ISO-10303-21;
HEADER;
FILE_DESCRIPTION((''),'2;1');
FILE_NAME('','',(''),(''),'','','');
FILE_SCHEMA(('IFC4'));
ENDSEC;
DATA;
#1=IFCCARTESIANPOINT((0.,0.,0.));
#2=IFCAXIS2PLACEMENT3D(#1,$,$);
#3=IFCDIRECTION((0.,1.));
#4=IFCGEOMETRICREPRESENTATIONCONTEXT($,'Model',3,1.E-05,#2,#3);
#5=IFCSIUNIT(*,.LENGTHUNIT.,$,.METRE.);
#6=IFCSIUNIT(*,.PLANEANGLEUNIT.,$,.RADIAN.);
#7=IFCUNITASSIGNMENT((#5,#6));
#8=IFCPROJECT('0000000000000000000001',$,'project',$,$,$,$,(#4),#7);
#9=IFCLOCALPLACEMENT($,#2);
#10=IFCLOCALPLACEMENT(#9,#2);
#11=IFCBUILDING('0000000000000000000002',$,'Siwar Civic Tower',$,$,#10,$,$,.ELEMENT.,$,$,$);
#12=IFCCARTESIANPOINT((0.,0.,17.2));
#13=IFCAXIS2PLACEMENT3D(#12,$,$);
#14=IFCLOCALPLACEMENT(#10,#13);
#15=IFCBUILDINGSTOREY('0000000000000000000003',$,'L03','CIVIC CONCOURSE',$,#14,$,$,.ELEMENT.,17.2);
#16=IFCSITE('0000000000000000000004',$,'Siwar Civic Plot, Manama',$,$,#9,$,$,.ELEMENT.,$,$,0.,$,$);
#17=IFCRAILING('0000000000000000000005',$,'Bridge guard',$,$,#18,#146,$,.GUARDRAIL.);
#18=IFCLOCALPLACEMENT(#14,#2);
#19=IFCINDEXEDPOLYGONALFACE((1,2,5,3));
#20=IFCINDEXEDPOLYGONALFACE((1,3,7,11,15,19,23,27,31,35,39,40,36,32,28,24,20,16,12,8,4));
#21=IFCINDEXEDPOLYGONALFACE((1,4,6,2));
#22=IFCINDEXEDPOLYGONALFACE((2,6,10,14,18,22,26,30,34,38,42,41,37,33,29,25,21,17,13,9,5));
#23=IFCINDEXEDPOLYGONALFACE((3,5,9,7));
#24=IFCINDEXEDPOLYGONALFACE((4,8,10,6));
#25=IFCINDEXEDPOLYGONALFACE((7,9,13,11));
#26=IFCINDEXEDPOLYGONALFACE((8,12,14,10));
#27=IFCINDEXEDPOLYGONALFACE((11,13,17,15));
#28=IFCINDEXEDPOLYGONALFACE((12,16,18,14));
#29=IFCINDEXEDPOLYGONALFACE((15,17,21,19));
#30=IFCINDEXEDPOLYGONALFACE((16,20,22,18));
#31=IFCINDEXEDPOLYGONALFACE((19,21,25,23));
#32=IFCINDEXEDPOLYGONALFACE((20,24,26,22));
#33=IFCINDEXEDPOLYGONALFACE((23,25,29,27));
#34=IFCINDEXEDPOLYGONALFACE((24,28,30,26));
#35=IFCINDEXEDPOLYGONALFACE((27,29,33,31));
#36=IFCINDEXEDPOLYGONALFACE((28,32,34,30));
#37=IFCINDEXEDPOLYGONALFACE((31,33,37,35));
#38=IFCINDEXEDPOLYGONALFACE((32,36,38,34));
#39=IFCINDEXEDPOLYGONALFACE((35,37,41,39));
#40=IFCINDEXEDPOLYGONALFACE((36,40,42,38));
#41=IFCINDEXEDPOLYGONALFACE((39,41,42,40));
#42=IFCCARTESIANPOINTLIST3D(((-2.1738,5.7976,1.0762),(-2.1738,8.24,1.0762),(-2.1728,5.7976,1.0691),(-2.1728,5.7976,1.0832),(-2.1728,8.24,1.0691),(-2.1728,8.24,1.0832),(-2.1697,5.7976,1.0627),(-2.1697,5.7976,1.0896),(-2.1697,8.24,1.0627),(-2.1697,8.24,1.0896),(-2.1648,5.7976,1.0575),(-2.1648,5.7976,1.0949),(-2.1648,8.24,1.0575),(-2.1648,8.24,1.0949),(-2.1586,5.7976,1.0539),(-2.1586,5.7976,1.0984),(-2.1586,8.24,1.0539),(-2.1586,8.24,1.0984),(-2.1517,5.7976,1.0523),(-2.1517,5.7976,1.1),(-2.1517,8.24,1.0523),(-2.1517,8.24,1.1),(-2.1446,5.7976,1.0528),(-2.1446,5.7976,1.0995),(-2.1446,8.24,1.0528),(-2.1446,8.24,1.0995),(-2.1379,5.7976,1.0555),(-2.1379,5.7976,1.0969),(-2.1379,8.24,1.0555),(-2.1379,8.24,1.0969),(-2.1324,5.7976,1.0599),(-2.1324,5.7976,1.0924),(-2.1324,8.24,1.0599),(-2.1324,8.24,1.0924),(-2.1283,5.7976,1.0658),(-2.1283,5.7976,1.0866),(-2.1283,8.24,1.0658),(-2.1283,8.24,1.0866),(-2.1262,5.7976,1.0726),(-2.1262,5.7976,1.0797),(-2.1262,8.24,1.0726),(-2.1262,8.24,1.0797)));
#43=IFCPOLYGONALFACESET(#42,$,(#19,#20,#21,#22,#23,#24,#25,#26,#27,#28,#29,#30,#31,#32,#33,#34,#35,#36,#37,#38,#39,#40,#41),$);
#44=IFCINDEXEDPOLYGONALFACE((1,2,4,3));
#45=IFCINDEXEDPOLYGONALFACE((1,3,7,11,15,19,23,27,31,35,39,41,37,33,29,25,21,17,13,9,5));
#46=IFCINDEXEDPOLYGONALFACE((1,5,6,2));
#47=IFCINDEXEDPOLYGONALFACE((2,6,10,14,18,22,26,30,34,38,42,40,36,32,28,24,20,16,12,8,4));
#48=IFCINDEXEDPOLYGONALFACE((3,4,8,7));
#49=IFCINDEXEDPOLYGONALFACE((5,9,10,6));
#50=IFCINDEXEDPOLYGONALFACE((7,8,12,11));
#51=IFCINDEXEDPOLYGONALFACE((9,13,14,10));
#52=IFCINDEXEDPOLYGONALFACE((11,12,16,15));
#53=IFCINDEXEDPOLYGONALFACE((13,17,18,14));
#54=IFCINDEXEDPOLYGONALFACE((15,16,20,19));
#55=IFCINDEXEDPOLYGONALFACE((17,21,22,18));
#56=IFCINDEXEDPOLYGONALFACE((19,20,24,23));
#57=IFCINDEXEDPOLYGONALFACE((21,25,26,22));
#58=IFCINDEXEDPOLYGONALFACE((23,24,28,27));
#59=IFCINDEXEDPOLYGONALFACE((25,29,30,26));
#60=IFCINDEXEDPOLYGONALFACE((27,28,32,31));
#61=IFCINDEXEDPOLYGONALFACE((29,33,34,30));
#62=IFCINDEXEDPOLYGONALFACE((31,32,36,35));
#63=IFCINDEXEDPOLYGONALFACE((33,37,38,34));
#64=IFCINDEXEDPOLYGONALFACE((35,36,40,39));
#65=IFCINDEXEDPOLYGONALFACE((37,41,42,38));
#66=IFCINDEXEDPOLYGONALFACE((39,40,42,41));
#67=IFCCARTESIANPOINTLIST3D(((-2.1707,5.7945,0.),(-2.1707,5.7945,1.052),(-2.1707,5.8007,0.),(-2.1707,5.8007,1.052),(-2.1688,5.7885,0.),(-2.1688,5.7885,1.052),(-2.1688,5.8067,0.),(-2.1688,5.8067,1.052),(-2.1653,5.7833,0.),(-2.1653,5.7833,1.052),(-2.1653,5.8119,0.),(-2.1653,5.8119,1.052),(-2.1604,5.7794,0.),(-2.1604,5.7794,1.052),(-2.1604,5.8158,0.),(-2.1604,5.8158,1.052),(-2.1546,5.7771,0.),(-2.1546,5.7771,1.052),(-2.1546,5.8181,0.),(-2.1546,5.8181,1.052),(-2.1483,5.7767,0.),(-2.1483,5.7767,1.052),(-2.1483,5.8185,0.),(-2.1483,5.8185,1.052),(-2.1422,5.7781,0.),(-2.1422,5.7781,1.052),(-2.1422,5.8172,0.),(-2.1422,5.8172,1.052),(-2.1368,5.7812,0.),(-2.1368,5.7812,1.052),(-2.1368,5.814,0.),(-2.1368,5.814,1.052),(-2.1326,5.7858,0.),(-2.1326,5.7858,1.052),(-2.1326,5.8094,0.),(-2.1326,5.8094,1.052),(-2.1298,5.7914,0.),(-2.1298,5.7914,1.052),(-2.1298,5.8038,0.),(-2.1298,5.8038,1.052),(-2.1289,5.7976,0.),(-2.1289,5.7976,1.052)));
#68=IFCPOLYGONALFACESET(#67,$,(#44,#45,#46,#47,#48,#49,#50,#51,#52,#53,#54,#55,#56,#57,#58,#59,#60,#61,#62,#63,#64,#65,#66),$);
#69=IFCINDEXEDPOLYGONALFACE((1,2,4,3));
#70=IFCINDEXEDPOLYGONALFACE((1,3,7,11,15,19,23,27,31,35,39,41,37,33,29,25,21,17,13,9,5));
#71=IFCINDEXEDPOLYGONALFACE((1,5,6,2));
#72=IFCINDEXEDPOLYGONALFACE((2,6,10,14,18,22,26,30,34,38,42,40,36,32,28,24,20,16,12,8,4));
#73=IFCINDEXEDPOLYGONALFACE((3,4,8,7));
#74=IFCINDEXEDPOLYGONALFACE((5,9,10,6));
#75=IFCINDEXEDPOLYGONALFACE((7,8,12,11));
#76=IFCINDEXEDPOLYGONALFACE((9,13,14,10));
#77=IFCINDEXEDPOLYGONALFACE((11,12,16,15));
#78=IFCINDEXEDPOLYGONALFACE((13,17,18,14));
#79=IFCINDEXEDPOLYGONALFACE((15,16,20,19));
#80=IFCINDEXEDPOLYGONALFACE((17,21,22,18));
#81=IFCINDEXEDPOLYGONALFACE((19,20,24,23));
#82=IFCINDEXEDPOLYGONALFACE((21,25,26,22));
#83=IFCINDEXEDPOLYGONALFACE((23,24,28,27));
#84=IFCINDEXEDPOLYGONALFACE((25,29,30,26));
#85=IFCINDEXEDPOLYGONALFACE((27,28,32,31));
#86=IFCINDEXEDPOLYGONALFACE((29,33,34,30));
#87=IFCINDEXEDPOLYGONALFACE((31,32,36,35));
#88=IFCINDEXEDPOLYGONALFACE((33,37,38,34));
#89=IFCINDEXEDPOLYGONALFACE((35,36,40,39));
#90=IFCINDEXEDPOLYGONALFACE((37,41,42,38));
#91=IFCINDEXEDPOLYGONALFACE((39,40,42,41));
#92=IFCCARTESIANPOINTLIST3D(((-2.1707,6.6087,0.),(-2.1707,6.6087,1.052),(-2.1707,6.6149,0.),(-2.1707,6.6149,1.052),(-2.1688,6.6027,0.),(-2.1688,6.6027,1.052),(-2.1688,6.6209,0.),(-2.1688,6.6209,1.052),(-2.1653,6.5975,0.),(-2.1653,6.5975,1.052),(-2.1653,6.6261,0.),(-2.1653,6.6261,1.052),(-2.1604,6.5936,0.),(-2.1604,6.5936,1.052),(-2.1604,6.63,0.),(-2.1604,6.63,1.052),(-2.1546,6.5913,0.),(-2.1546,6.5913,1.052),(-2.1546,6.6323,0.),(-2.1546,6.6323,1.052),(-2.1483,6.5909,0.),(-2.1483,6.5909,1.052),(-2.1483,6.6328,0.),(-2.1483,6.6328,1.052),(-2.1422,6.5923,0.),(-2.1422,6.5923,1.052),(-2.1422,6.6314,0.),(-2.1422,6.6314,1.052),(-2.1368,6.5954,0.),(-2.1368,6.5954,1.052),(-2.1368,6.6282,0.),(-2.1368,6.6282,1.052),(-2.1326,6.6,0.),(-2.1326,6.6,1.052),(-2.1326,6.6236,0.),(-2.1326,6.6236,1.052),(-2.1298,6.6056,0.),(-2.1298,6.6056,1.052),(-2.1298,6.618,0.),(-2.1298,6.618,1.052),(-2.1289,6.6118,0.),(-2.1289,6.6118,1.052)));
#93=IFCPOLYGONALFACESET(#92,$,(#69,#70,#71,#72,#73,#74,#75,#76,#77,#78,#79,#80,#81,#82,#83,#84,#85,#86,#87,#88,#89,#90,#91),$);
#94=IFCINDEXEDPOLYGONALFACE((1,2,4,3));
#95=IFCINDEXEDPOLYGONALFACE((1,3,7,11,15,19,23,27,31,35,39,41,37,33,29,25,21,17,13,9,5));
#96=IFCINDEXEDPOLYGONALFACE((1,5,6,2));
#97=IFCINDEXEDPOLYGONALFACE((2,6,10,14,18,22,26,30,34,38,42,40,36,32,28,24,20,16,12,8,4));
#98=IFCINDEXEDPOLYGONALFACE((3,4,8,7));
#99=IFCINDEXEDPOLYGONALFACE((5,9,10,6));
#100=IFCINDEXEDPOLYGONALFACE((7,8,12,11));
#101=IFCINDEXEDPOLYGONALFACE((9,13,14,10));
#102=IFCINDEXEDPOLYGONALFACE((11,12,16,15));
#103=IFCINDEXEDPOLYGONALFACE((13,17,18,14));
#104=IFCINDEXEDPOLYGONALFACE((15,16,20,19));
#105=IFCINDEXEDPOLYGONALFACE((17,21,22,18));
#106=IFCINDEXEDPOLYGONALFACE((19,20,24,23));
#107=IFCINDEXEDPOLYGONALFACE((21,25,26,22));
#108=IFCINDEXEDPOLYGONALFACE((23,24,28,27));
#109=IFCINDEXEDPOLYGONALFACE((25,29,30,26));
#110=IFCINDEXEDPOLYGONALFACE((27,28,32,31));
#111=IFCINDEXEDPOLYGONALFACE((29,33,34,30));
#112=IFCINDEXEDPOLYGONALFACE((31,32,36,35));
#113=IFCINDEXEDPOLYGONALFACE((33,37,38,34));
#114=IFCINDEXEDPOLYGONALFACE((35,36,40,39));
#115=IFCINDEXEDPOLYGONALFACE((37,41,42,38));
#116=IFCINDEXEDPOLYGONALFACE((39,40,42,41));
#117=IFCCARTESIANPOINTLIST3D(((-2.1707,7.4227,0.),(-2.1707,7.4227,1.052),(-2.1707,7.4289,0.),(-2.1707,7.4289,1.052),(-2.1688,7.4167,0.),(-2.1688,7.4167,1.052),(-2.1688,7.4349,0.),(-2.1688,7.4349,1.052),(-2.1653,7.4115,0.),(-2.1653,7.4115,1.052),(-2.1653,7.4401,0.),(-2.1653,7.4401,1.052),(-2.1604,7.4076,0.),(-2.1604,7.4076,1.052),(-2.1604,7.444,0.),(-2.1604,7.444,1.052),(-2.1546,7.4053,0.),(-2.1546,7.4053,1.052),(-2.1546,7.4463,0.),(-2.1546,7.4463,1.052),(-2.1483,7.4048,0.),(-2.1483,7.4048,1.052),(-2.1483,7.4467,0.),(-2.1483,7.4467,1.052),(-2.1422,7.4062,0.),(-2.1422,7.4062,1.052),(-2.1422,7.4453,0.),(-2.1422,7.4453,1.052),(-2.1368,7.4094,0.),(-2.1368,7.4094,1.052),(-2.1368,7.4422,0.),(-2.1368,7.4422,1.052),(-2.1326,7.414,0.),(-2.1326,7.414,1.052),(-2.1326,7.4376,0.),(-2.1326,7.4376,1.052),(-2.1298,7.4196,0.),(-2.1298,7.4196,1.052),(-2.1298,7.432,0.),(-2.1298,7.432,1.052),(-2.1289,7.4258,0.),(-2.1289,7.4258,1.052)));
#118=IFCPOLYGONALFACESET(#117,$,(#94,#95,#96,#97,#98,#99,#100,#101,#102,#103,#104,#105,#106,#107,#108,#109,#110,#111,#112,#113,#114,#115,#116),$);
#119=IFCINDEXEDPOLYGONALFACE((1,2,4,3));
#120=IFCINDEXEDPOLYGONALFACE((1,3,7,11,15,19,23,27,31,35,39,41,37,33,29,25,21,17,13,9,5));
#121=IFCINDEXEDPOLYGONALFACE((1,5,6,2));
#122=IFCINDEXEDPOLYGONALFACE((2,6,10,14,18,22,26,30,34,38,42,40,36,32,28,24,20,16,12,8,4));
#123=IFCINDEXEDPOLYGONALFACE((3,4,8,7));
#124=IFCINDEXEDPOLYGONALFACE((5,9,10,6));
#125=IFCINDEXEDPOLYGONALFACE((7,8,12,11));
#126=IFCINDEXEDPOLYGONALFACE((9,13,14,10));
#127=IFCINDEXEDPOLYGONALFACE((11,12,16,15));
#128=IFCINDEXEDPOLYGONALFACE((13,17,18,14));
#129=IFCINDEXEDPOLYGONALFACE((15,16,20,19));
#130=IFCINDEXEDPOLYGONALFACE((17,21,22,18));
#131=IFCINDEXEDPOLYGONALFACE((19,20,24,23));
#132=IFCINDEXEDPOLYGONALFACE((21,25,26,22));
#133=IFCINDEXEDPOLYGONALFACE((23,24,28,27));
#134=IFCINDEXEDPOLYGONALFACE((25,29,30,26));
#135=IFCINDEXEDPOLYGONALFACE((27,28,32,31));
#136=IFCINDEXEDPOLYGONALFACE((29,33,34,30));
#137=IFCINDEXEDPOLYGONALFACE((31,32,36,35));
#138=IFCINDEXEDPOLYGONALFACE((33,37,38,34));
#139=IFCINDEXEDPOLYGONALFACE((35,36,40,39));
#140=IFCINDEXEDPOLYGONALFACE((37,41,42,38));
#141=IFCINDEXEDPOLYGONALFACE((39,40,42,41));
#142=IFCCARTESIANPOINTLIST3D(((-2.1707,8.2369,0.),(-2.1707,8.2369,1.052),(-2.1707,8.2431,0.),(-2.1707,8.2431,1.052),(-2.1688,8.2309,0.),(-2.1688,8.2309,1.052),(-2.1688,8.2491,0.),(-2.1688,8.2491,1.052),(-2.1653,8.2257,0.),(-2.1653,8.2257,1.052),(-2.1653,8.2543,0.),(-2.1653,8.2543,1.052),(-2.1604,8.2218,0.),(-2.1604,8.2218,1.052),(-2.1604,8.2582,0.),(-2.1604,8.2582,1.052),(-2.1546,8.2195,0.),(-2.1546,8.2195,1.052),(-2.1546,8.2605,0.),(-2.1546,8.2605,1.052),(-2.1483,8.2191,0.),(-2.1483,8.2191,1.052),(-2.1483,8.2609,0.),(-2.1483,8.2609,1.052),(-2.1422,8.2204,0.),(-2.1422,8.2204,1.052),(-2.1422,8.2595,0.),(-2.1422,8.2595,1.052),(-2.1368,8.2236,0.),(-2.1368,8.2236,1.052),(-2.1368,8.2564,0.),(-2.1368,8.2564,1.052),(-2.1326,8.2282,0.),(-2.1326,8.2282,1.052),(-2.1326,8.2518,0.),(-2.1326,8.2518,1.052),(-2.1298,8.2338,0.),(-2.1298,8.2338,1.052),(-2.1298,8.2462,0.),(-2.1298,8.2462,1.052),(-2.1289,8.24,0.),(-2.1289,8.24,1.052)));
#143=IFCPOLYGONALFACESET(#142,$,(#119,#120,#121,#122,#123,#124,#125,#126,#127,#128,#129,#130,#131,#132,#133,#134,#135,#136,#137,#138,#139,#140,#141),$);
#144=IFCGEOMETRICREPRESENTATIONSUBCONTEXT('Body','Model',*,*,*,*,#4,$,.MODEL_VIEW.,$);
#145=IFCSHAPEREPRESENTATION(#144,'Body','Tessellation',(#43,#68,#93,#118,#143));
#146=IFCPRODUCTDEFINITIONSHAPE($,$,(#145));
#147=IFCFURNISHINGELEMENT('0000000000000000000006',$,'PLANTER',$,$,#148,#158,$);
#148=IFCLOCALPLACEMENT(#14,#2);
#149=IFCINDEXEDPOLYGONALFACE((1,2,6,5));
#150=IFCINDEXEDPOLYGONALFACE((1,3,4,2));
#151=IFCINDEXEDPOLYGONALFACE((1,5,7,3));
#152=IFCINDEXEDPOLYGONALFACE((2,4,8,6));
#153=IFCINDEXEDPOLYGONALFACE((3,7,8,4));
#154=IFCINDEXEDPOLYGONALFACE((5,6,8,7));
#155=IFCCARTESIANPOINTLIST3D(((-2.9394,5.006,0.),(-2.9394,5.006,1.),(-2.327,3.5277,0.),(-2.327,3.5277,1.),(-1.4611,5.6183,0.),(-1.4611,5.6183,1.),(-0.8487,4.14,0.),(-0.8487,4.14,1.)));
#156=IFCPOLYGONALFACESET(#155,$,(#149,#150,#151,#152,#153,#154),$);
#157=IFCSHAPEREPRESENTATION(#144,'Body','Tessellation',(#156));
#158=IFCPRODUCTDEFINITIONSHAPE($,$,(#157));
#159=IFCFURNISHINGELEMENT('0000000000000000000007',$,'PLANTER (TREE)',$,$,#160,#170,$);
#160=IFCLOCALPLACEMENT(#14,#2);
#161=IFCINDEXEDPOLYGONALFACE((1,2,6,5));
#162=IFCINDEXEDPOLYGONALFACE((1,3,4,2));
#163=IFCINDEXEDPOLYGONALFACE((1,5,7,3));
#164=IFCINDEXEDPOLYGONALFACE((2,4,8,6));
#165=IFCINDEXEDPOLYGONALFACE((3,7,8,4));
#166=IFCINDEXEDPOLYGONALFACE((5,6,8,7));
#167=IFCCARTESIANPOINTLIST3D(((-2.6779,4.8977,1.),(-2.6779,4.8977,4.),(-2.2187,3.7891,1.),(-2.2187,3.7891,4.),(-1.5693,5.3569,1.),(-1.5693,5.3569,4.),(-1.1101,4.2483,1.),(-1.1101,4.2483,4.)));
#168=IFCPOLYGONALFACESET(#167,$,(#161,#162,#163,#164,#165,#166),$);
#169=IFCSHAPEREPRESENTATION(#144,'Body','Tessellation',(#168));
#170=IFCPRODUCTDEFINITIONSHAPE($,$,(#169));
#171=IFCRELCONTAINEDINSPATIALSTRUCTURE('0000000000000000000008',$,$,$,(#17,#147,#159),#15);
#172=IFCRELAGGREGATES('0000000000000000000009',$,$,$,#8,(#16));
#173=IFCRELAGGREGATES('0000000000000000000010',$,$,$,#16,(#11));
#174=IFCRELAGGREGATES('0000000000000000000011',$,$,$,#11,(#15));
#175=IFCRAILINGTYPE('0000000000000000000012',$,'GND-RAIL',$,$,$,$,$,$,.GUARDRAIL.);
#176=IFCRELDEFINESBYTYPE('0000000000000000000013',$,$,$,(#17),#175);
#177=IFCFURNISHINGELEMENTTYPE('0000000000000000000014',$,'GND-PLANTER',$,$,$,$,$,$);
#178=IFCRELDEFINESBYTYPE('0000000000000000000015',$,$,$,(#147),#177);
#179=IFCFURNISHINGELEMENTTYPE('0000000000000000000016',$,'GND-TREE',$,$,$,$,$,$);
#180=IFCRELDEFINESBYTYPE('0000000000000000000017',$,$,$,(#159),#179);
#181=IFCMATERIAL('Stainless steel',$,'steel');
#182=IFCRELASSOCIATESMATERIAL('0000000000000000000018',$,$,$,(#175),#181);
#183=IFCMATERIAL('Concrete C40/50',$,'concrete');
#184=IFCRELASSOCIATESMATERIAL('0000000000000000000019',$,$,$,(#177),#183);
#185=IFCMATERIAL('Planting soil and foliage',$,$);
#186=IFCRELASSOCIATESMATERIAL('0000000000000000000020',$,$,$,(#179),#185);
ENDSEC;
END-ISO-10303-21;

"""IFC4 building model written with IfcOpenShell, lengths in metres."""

from ifc_helpers import new_model, si_unit, direction, frame, origin, origin_2d, place, context, subcontext, project, spatial, rectangle, circle, extrude, material, type_object, element, save


model = new_model("IFC4")

# Units and contexts
model_context = context("Model", 3, precision=1e-05, world=origin(), true_north=direction((0.0, 1.0)))
body_context = subcontext(model_context, "Body", "Model", "MODEL_VIEW")
ifc_project = project(units=[si_unit("LENGTHUNIT", "METRE"), si_unit("PLANEANGLEUNIT", "RADIAN")], contexts=[model_context])

# Site, building, storey
site_placement = place(None, origin())
site = spatial("IfcSite", under=ifc_project, at=site_placement, Name="Siwar Civic Plot, Manama", CompositionType="ELEMENT", RefElevation=0.0)
building_placement = place(site_placement, origin())
building = spatial("IfcBuilding", under=site, at=building_placement, Name="Siwar Civic Tower", CompositionType="ELEMENT")
storey_placement = place(building_placement, frame((0.0, 0.0, 17.2)))
storey = spatial("IfcBuildingStorey", under=building, at=storey_placement, Name="L03", Description="CIVIC CONCOURSE", CompositionType="ELEMENT", Elevation=17.2)

# Railing
ifc_material_1 = material(Name="Stainless steel", Category="steel")
railing_type_1 = type_object("IfcRailingType", Name="GND-RAIL", PredefinedType="GUARDRAIL", material=ifc_material_1)
railing_1_placement = place(storey_placement, frame((-2.1499, 5.7976, 0.0)))
element("IfcRailing", 1, at=railing_1_placement, inside=storey, type_object=railing_type_1, Name="Bridge guard", PredefinedType="GUARDRAIL", context=body_context, shape_type="SweptSolid", body=[
    extrude(circle(Radius=0.0239, at=origin_2d()), frame((0.0, 0.0, 1.0762), z_axis=(0.0, 1.0, 0.0), x_axis=(-1.0, 0.0, 0.0)), (0.0, 0.0, 1.0), 2.4424),
    extrude(circle(Radius=0.021, at=origin_2d()), origin(), (0.0, 0.0, 1.0), 1.052),
    extrude(circle(Radius=0.021, at=origin_2d()), frame((0.0, 0.8142, 0.0)), (0.0, 0.0, 1.0), 1.052),
    extrude(circle(Radius=0.021, at=origin_2d()), frame((0.0, 1.6282, 0.0)), (0.0, 0.0, 1.0), 1.052),
    extrude(circle(Radius=0.021, at=origin_2d()), frame((0.0, 2.4424, 0.0)), (0.0, 0.0, 1.0), 1.052),
])

# Furnishing elements
ifc_material_2 = material(Name="Concrete C40/50", Category="concrete")
furnishing_element_type_1 = type_object("IfcFurnishingElementType", Name="GND-PLANTER", material=ifc_material_2)
furnishing_1_placement = place(storey_placement, frame((-1.894, 4.573, 0.0), z_axis=(0.0, 0.0, 1.0), x_axis=(-0.382683, 0.92388, 0.0)))
element("IfcFurnishingElement", 2, at=furnishing_1_placement, inside=storey, type_object=furnishing_element_type_1, Name="PLANTER", context=body_context, shape_type="SweptSolid", body=[
    extrude(rectangle(XDim=1.6001, YDim=1.6001, at=origin_2d()), origin(), (0.0, 0.0, 1.0), 1.0),
])
ifc_material_3 = material(Name="Planting soil and foliage")
furnishing_element_type_2 = type_object("IfcFurnishingElementType", Name="GND-TREE", material=ifc_material_3)
furnishing_2_placement = place(storey_placement, frame((-1.894, 4.573, 1.0), z_axis=(0.0, 0.0, 1.0), x_axis=(-0.382683, 0.92388, 0.0)))
element("IfcFurnishingElement", 3, at=furnishing_2_placement, inside=storey, type_object=furnishing_element_type_2, Name="PLANTER (TREE)", context=body_context, shape_type="SweptSolid", body=[
    extrude(rectangle(XDim=1.2, YDim=1.2, at=origin_2d()), origin(), (0.0, 0.0, 1.0), 3.0),
])

save(model, "model.ifc")
